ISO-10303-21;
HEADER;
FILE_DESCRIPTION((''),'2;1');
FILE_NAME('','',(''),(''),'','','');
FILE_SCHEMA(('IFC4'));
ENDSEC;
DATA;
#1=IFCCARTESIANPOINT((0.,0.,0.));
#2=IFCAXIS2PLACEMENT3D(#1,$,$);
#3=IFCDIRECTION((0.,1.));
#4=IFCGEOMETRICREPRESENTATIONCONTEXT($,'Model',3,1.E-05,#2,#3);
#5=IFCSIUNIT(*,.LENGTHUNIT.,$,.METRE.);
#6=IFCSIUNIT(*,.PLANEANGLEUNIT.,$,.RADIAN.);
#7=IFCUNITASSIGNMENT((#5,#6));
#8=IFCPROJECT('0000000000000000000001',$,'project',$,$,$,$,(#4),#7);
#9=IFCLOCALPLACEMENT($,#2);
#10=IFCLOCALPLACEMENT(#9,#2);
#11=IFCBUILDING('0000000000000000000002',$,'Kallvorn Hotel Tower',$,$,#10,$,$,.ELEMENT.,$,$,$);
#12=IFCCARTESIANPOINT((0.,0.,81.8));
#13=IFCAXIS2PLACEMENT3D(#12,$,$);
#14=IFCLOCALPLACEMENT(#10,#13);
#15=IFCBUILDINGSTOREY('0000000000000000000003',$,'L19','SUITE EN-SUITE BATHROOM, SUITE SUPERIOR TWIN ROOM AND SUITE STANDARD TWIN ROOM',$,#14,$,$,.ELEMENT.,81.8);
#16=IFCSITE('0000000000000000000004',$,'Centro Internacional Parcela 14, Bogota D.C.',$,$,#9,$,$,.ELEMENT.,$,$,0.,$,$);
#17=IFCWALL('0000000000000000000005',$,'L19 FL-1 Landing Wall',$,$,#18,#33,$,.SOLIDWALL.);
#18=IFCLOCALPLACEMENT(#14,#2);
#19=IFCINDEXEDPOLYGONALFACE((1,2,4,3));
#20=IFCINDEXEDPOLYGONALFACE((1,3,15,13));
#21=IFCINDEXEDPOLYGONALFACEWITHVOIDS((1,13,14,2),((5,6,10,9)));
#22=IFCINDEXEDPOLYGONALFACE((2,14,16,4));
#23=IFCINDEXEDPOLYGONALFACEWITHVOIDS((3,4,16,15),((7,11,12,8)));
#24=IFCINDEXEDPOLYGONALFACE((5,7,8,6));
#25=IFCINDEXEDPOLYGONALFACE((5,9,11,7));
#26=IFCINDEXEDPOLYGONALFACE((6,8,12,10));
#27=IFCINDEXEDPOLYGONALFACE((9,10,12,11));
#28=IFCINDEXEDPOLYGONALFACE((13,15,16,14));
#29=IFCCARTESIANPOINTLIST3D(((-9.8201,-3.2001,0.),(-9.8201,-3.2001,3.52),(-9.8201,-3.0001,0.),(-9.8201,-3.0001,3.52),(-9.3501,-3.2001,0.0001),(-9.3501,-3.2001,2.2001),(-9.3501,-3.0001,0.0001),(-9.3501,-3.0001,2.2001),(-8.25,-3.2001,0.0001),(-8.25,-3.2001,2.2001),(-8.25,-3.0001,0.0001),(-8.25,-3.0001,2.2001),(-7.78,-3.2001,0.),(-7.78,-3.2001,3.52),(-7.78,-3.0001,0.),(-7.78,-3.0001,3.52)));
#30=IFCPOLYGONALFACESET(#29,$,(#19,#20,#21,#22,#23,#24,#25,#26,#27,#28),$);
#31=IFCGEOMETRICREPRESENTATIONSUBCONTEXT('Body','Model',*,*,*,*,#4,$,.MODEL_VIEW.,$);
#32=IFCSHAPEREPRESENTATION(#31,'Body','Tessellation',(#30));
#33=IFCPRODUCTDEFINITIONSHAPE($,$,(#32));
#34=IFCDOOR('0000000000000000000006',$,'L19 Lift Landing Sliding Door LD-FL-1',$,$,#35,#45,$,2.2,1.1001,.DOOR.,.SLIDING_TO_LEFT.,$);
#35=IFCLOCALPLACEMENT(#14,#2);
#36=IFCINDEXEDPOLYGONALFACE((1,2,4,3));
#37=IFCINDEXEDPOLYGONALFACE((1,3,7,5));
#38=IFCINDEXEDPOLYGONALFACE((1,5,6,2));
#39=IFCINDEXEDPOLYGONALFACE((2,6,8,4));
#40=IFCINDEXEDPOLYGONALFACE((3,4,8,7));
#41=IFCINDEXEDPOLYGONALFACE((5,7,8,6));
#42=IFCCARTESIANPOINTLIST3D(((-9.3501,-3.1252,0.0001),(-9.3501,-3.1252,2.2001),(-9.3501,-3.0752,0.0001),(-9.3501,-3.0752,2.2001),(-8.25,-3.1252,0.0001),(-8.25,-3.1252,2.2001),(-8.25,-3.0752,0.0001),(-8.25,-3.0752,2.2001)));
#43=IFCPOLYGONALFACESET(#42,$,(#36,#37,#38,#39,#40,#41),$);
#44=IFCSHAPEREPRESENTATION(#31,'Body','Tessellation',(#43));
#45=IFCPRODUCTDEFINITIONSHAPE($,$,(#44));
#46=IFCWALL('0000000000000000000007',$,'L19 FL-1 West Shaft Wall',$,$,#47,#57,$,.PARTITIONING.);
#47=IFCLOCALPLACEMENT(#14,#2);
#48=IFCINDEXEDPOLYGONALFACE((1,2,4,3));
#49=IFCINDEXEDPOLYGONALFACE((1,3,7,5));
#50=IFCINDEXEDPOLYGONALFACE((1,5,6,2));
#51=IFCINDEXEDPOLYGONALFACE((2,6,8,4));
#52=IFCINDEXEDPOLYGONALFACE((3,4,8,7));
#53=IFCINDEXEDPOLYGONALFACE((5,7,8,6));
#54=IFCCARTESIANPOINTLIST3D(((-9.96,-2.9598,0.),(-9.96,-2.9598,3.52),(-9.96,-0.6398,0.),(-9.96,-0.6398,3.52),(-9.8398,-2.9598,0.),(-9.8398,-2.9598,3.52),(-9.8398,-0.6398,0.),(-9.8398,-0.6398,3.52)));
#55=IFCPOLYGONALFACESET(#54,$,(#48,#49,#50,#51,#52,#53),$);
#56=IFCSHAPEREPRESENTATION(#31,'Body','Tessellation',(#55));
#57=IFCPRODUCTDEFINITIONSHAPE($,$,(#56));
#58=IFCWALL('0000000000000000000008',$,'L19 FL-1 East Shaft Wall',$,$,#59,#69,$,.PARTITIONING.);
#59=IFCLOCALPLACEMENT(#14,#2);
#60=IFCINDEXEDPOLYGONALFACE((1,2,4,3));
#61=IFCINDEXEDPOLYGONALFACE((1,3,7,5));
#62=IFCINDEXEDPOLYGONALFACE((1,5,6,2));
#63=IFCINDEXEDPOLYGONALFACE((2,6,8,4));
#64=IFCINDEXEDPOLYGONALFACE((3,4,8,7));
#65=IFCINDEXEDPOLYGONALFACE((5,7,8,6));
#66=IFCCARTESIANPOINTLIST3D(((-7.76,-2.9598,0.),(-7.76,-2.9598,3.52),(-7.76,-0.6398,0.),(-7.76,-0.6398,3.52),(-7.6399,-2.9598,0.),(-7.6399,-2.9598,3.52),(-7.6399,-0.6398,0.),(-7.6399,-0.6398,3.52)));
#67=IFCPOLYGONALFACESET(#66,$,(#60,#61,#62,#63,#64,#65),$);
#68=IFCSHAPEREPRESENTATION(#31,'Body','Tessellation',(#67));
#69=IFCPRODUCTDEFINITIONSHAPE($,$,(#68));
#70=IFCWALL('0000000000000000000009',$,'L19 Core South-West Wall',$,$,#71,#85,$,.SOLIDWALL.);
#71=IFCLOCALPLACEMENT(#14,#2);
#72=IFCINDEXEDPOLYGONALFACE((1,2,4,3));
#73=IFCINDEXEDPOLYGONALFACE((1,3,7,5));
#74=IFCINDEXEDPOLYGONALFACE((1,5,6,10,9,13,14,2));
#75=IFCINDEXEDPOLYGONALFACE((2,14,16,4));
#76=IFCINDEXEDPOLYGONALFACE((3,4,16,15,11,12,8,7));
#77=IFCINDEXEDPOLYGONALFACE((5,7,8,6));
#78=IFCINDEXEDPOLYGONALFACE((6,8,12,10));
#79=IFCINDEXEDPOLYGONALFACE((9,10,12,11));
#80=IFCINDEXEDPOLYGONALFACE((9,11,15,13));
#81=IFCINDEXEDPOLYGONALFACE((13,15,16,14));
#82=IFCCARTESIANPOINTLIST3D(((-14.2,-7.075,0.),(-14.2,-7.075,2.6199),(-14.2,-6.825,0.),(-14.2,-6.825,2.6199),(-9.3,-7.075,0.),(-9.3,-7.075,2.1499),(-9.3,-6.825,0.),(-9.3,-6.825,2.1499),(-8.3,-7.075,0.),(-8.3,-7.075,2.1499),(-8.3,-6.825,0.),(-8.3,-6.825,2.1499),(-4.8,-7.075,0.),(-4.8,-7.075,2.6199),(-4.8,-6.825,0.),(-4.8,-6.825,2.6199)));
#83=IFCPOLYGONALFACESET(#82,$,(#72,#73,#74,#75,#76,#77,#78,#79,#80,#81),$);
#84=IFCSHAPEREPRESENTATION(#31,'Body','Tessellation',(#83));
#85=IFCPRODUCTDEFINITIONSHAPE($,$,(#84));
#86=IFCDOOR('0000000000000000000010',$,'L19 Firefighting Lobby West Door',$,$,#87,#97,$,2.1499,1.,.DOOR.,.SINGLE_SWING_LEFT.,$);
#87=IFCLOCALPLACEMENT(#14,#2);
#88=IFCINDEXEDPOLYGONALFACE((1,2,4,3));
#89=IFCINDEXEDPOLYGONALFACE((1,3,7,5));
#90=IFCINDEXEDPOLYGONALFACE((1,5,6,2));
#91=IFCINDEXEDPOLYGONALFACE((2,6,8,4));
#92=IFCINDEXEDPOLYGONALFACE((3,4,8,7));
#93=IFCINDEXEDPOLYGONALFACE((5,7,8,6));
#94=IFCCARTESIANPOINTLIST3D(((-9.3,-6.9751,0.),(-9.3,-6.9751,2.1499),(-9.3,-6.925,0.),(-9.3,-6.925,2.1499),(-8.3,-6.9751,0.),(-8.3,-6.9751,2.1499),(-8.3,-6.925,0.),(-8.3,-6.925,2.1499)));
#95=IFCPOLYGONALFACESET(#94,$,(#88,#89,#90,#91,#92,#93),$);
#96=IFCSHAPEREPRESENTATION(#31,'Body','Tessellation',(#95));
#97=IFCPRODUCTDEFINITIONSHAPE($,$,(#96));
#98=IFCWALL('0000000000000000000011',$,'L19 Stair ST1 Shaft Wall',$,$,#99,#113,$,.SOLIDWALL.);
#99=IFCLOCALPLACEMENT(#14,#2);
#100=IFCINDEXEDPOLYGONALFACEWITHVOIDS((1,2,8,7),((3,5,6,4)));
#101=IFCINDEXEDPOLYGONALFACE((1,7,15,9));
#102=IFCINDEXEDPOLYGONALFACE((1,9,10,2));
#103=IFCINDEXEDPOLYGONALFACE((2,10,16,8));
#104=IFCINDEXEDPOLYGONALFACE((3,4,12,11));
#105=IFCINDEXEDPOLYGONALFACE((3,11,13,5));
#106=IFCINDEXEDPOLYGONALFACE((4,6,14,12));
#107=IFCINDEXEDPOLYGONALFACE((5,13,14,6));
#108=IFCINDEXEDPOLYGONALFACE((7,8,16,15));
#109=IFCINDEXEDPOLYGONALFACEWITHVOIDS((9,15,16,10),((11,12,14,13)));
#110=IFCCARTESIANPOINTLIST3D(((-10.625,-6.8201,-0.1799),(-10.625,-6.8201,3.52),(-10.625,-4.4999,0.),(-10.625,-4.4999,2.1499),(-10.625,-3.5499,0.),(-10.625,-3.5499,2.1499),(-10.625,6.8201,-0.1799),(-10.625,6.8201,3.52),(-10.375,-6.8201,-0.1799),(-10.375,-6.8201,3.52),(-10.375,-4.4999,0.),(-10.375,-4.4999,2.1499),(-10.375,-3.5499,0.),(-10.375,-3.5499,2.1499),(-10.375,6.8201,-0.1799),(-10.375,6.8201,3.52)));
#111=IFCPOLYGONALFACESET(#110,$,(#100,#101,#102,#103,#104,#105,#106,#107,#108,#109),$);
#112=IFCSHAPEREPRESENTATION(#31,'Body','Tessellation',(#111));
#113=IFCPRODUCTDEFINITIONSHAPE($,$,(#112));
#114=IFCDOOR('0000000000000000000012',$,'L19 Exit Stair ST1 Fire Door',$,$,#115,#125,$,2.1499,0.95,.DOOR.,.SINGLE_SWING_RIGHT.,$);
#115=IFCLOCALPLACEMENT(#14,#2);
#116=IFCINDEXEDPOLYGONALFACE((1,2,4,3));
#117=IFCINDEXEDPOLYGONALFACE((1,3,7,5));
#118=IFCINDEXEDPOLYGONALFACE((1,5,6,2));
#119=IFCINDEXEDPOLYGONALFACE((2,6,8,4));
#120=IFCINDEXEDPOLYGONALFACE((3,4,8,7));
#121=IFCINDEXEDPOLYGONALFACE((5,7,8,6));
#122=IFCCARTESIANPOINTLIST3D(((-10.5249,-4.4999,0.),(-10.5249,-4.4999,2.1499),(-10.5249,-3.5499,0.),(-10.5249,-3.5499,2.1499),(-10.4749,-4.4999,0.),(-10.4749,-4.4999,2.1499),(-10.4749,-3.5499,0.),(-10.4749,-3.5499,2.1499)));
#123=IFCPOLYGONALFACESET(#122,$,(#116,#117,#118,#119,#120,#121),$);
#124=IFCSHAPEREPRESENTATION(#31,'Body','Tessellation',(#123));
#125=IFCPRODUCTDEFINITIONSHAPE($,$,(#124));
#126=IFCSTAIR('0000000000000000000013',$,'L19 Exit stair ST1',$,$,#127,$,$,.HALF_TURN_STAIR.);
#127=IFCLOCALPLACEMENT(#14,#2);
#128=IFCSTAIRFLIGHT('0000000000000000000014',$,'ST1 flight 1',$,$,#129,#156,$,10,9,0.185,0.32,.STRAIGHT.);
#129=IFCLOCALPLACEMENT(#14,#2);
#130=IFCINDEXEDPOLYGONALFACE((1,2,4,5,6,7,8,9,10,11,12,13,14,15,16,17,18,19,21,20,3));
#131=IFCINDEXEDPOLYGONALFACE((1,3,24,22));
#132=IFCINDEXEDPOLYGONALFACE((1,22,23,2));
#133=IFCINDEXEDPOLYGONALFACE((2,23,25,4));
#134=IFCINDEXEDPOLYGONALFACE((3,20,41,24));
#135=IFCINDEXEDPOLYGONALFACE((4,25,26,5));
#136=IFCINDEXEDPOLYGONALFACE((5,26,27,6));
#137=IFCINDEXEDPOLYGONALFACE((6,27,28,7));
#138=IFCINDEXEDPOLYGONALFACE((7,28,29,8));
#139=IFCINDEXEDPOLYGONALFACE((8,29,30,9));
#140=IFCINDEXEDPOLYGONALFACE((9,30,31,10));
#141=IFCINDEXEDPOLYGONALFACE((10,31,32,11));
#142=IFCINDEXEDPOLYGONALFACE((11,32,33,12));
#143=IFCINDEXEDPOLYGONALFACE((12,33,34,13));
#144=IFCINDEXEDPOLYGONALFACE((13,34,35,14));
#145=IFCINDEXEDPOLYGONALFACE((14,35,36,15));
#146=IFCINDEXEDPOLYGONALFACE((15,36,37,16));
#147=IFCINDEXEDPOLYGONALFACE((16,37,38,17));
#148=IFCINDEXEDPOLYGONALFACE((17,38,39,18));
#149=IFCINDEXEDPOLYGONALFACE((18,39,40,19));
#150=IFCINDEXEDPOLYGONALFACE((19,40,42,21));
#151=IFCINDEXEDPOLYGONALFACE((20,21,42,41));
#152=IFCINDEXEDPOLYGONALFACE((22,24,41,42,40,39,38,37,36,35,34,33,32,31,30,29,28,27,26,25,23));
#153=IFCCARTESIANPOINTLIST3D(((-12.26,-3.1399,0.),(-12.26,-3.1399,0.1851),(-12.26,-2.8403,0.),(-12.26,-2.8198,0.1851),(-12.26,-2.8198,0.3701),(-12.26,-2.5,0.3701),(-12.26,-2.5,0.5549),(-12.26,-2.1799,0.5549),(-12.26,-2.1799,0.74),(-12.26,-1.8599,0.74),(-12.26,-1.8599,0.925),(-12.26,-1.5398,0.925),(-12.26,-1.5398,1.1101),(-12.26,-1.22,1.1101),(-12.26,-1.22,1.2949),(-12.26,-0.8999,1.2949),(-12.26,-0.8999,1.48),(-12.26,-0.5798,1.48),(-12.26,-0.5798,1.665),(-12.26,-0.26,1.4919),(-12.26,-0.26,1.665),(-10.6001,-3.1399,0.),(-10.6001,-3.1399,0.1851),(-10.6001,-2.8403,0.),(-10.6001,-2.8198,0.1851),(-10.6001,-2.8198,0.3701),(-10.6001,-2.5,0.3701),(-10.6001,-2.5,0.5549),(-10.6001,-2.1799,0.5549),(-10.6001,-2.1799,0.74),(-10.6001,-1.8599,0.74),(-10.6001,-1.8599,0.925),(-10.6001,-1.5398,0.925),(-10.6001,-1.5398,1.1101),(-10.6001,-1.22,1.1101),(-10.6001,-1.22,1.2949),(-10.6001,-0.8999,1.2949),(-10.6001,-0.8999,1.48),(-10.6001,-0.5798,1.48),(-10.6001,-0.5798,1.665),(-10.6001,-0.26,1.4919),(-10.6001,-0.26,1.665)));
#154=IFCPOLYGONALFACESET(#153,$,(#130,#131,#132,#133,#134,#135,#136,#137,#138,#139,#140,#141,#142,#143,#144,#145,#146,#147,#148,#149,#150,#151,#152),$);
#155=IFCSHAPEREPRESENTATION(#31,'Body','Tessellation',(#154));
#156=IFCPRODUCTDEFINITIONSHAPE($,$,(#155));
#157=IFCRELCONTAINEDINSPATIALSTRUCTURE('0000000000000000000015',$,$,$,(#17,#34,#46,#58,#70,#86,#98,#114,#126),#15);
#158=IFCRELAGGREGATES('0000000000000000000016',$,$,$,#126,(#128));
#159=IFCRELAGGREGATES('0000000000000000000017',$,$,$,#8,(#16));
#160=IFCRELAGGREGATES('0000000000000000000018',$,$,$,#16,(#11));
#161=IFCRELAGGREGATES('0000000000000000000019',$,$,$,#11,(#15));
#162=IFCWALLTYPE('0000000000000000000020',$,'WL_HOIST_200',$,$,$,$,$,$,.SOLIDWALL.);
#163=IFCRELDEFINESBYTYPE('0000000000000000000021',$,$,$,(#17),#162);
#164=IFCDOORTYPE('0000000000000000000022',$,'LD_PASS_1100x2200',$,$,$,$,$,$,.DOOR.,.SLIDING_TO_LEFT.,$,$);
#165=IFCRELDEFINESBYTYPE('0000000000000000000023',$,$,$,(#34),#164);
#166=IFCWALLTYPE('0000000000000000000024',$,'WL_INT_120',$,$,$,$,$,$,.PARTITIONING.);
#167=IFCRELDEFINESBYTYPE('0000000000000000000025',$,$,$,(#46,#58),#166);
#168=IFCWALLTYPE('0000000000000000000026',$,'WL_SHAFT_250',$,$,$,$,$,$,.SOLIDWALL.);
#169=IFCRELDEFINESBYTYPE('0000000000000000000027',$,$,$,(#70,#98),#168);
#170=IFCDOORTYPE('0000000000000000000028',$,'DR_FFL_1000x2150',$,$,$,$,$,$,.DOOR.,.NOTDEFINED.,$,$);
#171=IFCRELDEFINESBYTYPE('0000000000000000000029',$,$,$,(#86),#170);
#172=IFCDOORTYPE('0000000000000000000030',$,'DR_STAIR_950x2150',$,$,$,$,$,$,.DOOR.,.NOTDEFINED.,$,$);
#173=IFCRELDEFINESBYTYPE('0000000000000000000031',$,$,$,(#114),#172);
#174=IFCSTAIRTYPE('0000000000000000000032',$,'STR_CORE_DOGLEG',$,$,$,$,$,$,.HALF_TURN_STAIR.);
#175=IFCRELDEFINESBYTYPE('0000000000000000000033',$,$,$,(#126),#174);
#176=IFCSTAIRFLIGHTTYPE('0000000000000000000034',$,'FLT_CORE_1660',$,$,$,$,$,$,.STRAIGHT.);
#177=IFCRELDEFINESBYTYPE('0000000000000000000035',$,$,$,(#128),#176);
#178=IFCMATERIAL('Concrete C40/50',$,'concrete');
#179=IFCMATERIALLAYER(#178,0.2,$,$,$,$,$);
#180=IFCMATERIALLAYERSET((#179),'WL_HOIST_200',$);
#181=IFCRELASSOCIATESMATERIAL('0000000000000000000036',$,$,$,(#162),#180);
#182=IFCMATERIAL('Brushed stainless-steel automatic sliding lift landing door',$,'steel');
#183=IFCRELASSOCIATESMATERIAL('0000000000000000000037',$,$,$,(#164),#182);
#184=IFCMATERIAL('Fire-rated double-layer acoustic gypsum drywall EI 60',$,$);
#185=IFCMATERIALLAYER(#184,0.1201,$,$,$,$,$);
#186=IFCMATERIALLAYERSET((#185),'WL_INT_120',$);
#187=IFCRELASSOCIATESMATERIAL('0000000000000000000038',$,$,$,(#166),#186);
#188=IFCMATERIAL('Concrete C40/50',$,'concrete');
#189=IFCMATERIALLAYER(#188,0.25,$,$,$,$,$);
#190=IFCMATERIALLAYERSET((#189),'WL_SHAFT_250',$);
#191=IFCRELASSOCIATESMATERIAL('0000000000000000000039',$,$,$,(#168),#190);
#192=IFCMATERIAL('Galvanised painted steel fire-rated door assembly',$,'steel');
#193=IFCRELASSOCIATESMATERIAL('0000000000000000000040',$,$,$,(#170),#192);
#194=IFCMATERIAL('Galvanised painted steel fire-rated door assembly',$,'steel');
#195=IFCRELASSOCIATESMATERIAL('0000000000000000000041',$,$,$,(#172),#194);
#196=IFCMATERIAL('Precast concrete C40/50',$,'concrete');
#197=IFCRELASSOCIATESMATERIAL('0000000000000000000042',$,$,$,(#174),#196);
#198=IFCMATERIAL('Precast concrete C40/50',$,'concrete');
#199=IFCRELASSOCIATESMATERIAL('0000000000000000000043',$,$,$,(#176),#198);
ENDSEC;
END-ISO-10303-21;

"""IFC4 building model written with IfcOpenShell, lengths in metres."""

from ifc_helpers import new_model, si_unit, direction, frame, frame_2d, origin, place, context, subcontext, project, spatial, polyline, rectangle, outline, extrude, material, layer, layer_set, type_object, element, fill, aggregate, save


model = new_model("IFC4")

# Units and contexts
model_context = context("Model", 3, precision=1e-05, world=origin(), true_north=direction((0.0, 1.0)))
body_context = subcontext(model_context, "Body", "Model", "MODEL_VIEW")
ifc_project = project(units=[si_unit("LENGTHUNIT", "METRE"), si_unit("PLANEANGLEUNIT", "RADIAN")], contexts=[model_context])

# Site, building, storey
site_placement = place(None, origin())
site = spatial("IfcSite", under=ifc_project, at=site_placement, Name="Centro Internacional Parcela 14, Bogota D.C.", CompositionType="ELEMENT", RefElevation=0.0)
building_placement = place(site_placement, origin())
building = spatial("IfcBuilding", under=site, at=building_placement, Name="Kallvorn Hotel Tower", CompositionType="ELEMENT")
storey_placement = place(building_placement, frame((0.0, 0.0, 81.8)))
storey = spatial("IfcBuildingStorey", under=building, at=storey_placement, Name="L19", Description="SUITE EN-SUITE BATHROOM, SUITE SUPERIOR TWIN ROOM AND SUITE STANDARD TWIN ROOM", CompositionType="ELEMENT", Elevation=81.8)

# Shared definitions
ifc_material_1 = material(Name="Concrete C40/50", Category="concrete")
ifc_layer_1 = layer(ifc_material_1, 0.2)
ifc_layer_set_1 = layer_set([ifc_layer_1], Name="WL_HOIST_200")
wall_type_1 = type_object("IfcWallType", Name="WL_HOIST_200", PredefinedType="SOLIDWALL", material=ifc_layer_set_1)

# Wall, opening, door
wall_1_placement = place(storey_placement, frame((-9.8201, -3.1001, 0.0), z_axis=(0.0, 0.0, 1.0), x_axis=(1.0, 0.0, 0.0)))
wall_1 = element("IfcWall", 1, at=wall_1_placement, inside=storey, type_object=wall_type_1, Name="L19 FL-1 Landing Wall", PredefinedType="SOLIDWALL", context=body_context, shape_type="SweptSolid", body=[
    extrude(rectangle(XDim=2.04, YDim=0.2, at=frame_2d((1.02, 0.0))), origin(), (0.0, 0.0, 1.0), 3.52),
])
opening_1_placement = place(wall_1_placement, frame((0.47, 0.0, 0.0)))
opening_1 = element("IfcOpeningElement", 2, at=opening_1_placement, cuts=wall_1, PredefinedType="OPENING", context=body_context, shape_type="SweptSolid", body=[
    extrude(rectangle(XDim=1.1001, YDim=2.2, at=frame_2d((0.55, 1.1001))), frame((0.0, 0.115, 0.0), z_axis=(0.0, -1.0, 0.0), x_axis=(1.0, 0.0, 0.0)), (0.0, 0.0, 1.0), 0.23),
])
ifc_material_2 = material(Name="Brushed stainless-steel automatic sliding lift landing door", Category="steel")
door_type_1 = type_object("IfcDoorType", Name="LD_PASS_1100x2200", OperationType="SLIDING_TO_LEFT", PredefinedType="DOOR", material=ifc_material_2)
door_1_placement = place(opening_1_placement, origin())
door_1 = element("IfcDoor", 3, at=door_1_placement, inside=storey, type_object=door_type_1, Name="L19 Lift Landing Sliding Door LD-FL-1", OperationType="SLIDING_TO_LEFT", OverallHeight=2.2, OverallWidth=1.1001, PredefinedType="DOOR", context=body_context, shape_type="SweptSolid", body=[
    extrude(rectangle(XDim=1.1001, YDim=2.2, at=frame_2d((0.55, 1.1001))), frame((0.0, 0.0249, 0.0), z_axis=(0.0, -1.0, 0.0), x_axis=(1.0, 0.0, 0.0)), (0.0, 0.0, 1.0), 0.05),
])
fill(opening_1, door_1)

# Walls
ifc_material_3 = material(Name="Fire-rated double-layer acoustic gypsum drywall EI 60")
ifc_layer_2 = layer(ifc_material_3, 0.1201)
ifc_layer_set_2 = layer_set([ifc_layer_2], Name="WL_INT_120")
wall_type_2 = type_object("IfcWallType", Name="WL_INT_120", PredefinedType="PARTITIONING", material=ifc_layer_set_2)
for number, where, z_axis, x_axis, name in (
    (4, (-9.8999, -2.96, 0.0), (0.0, 0.0, 1.0), (0.0, 1.0, 0.0), "L19 FL-1 West Shaft Wall"),
    (5, (-7.7, -2.96, 0.0), (0.0, 0.0, 1.0), (0.0, 1.0, 0.0), "L19 FL-1 East Shaft Wall"),
):
    element("IfcWall", number, at=place(storey_placement, frame(where, z_axis=z_axis, x_axis=x_axis)), inside=storey, type_object=wall_type_2, Name=name, PredefinedType="PARTITIONING", context=body_context, shape_type="SweptSolid", body=[
        extrude(rectangle(XDim=2.3201, YDim=0.1201, at=frame_2d((1.1602, 0.0))), origin(), (0.0, 0.0, 1.0), 3.52),
    ])

# Walls, openings, doors
ifc_material_4 = material(Name="Concrete C40/50", Category="concrete")
ifc_layer_3 = layer(ifc_material_4, 0.25)
ifc_layer_set_3 = layer_set([ifc_layer_3], Name="WL_SHAFT_250")
wall_type_3 = type_object("IfcWallType", Name="WL_SHAFT_250", PredefinedType="SOLIDWALL", material=ifc_layer_set_3)
wall_2_placement = place(storey_placement, frame((-14.2, -6.95, 0.0), z_axis=(0.0, 0.0, 1.0), x_axis=(1.0, 0.0, 0.0)))
wall_2 = element("IfcWall", 6, at=wall_2_placement, inside=storey, type_object=wall_type_3, Name="L19 Core South-West Wall", PredefinedType="SOLIDWALL", context=body_context, shape_type="SweptSolid", body=[
    extrude(rectangle(XDim=9.3999, YDim=0.25, at=frame_2d((4.7, 0.0))), origin(), (0.0, 0.0, 1.0), 2.6199),
])
opening_2_placement = place(wall_2_placement, frame((4.8999, 0.0, 0.0)))
opening_2 = element("IfcOpeningElement", 7, at=opening_2_placement, cuts=wall_2, PredefinedType="OPENING", context=body_context, shape_type="SweptSolid", body=[
    extrude(rectangle(XDim=1.0, YDim=2.1499, at=frame_2d((0.5, 1.075))), frame((0.0, 0.1399, 0.0), z_axis=(0.0, -1.0, 0.0), x_axis=(1.0, 0.0, 0.0)), (0.0, 0.0, 1.0), 0.28),
])
ifc_material_5 = material(Name="Galvanised painted steel fire-rated door assembly", Category="steel")
door_type_2 = type_object("IfcDoorType", Name="DR_FFL_1000x2150", OperationType="NOTDEFINED", PredefinedType="DOOR", material=ifc_material_5)
door_2_placement = place(opening_2_placement, origin())
door_2 = element("IfcDoor", 8, at=door_2_placement, inside=storey, type_object=door_type_2, Name="L19 Firefighting Lobby West Door", OperationType="SINGLE_SWING_LEFT", OverallHeight=2.1499, OverallWidth=1.0, PredefinedType="DOOR", context=body_context, shape_type="SweptSolid", body=[
    extrude(rectangle(XDim=1.0, YDim=2.1499, at=frame_2d((0.5, 1.075))), frame((0.0, 0.0249, 0.0), z_axis=(0.0, -1.0, 0.0), x_axis=(1.0, 0.0, 0.0)), (0.0, 0.0, 1.0), 0.05),
])
fill(opening_2, door_2)
wall_3_placement = place(storey_placement, frame((-10.5, -6.8201, -0.1799), z_axis=(0.0, 0.0, 1.0), x_axis=(0.0, 1.0, 0.0)))
wall_3 = element("IfcWall", 9, at=wall_3_placement, inside=storey, type_object=wall_type_3, Name="L19 Stair ST1 Shaft Wall", PredefinedType="SOLIDWALL", context=body_context, shape_type="SweptSolid", body=[
    extrude(rectangle(XDim=13.6401, YDim=0.25, at=frame_2d((6.8201, 0.0))), origin(), (0.0, 0.0, 1.0), 3.7),
])
opening_3_placement = place(wall_3_placement, frame((2.3201, 0.0, 0.1799)))
opening_3 = element("IfcOpeningElement", 10, at=opening_3_placement, cuts=wall_3, PredefinedType="OPENING", context=body_context, shape_type="SweptSolid", body=[
    extrude(rectangle(XDim=0.95, YDim=2.1499, at=frame_2d((0.4751, 1.075))), frame((0.0, 0.1399, 0.0), z_axis=(0.0, -1.0, 0.0), x_axis=(1.0, 0.0, 0.0)), (0.0, 0.0, 1.0), 0.28),
])
ifc_material_6 = material(Name="Galvanised painted steel fire-rated door assembly", Category="steel")
door_type_3 = type_object("IfcDoorType", Name="DR_STAIR_950x2150", OperationType="NOTDEFINED", PredefinedType="DOOR", material=ifc_material_6)
door_3_placement = place(opening_3_placement, origin())
door_3 = element("IfcDoor", 11, at=door_3_placement, inside=storey, type_object=door_type_3, Name="L19 Exit Stair ST1 Fire Door", OperationType="SINGLE_SWING_RIGHT", OverallHeight=2.1499, OverallWidth=0.95, PredefinedType="DOOR", context=body_context, shape_type="SweptSolid", body=[
    extrude(rectangle(XDim=0.95, YDim=2.1499, at=frame_2d((0.4751, 1.075))), frame((0.0, 0.0249, 0.0), z_axis=(0.0, -1.0, 0.0), x_axis=(1.0, 0.0, 0.0)), (0.0, 0.0, 1.0), 0.05),
])
fill(opening_3, door_3)

# Stair, stair flight
ifc_material_7 = material(Name="Precast concrete C40/50", Category="concrete")
stair_type = type_object("IfcStairType", Name="STR_CORE_DOGLEG", PredefinedType="HALF_TURN_STAIR", material=ifc_material_7)
stair_placement = place(storey_placement, origin())
stair = element("IfcStair", 12, at=stair_placement, inside=storey, type_object=stair_type, Name="L19 Exit stair ST1", PredefinedType="HALF_TURN_STAIR")
ifc_material_8 = material(Name="Precast concrete C40/50", Category="concrete")
stair_flight_type = type_object("IfcStairFlightType", Name="FLT_CORE_1660", PredefinedType="STRAIGHT", material=ifc_material_8)
stair_flight_placement = place(storey_placement, frame((-11.4299, -3.1399, 0.0), z_axis=(0.0, 0.0, 1.0), x_axis=(0.0, 1.0, 0.0)))
stair_flight = element("IfcStairFlight", 13, at=stair_flight_placement, type_object=stair_flight_type, Name="ST1 flight 1", NumberOfRisers=10, NumberOfTreads=9, PredefinedType="STRAIGHT", RiserHeight=0.185, TreadLength=0.32, context=body_context, shape_type="SweptSolid", body=[
    extrude(outline(polyline([(0.0, 0.0), (0.0, 0.1851), (0.3201, 0.1851), (0.3201, 0.3701), (0.6399, 0.3701), (0.6399, 0.5549), (0.96, 0.5549), (0.96, 0.74), (1.28, 0.74), (1.28, 0.925), (1.6001, 0.925), (1.6001, 1.1101), (1.9199, 1.1101), (1.9199, 1.2949), (2.24, 1.2949), (2.24, 1.48), (2.5601, 1.48), (2.5601, 1.665), (2.8799, 1.665), (2.8799, 1.8501), (2.8799, 1.4919), (0.2996, 0.0), (0.0, 0.0)])), frame((0.0, 0.8301, 0.0), z_axis=(0.0, -1.0, 0.0), x_axis=(1.0, 0.0, 0.0)), (0.0, 0.0, 1.0), 1.6599),
])
aggregate(stair, [stair_flight])

save(model, "model.ifc")
